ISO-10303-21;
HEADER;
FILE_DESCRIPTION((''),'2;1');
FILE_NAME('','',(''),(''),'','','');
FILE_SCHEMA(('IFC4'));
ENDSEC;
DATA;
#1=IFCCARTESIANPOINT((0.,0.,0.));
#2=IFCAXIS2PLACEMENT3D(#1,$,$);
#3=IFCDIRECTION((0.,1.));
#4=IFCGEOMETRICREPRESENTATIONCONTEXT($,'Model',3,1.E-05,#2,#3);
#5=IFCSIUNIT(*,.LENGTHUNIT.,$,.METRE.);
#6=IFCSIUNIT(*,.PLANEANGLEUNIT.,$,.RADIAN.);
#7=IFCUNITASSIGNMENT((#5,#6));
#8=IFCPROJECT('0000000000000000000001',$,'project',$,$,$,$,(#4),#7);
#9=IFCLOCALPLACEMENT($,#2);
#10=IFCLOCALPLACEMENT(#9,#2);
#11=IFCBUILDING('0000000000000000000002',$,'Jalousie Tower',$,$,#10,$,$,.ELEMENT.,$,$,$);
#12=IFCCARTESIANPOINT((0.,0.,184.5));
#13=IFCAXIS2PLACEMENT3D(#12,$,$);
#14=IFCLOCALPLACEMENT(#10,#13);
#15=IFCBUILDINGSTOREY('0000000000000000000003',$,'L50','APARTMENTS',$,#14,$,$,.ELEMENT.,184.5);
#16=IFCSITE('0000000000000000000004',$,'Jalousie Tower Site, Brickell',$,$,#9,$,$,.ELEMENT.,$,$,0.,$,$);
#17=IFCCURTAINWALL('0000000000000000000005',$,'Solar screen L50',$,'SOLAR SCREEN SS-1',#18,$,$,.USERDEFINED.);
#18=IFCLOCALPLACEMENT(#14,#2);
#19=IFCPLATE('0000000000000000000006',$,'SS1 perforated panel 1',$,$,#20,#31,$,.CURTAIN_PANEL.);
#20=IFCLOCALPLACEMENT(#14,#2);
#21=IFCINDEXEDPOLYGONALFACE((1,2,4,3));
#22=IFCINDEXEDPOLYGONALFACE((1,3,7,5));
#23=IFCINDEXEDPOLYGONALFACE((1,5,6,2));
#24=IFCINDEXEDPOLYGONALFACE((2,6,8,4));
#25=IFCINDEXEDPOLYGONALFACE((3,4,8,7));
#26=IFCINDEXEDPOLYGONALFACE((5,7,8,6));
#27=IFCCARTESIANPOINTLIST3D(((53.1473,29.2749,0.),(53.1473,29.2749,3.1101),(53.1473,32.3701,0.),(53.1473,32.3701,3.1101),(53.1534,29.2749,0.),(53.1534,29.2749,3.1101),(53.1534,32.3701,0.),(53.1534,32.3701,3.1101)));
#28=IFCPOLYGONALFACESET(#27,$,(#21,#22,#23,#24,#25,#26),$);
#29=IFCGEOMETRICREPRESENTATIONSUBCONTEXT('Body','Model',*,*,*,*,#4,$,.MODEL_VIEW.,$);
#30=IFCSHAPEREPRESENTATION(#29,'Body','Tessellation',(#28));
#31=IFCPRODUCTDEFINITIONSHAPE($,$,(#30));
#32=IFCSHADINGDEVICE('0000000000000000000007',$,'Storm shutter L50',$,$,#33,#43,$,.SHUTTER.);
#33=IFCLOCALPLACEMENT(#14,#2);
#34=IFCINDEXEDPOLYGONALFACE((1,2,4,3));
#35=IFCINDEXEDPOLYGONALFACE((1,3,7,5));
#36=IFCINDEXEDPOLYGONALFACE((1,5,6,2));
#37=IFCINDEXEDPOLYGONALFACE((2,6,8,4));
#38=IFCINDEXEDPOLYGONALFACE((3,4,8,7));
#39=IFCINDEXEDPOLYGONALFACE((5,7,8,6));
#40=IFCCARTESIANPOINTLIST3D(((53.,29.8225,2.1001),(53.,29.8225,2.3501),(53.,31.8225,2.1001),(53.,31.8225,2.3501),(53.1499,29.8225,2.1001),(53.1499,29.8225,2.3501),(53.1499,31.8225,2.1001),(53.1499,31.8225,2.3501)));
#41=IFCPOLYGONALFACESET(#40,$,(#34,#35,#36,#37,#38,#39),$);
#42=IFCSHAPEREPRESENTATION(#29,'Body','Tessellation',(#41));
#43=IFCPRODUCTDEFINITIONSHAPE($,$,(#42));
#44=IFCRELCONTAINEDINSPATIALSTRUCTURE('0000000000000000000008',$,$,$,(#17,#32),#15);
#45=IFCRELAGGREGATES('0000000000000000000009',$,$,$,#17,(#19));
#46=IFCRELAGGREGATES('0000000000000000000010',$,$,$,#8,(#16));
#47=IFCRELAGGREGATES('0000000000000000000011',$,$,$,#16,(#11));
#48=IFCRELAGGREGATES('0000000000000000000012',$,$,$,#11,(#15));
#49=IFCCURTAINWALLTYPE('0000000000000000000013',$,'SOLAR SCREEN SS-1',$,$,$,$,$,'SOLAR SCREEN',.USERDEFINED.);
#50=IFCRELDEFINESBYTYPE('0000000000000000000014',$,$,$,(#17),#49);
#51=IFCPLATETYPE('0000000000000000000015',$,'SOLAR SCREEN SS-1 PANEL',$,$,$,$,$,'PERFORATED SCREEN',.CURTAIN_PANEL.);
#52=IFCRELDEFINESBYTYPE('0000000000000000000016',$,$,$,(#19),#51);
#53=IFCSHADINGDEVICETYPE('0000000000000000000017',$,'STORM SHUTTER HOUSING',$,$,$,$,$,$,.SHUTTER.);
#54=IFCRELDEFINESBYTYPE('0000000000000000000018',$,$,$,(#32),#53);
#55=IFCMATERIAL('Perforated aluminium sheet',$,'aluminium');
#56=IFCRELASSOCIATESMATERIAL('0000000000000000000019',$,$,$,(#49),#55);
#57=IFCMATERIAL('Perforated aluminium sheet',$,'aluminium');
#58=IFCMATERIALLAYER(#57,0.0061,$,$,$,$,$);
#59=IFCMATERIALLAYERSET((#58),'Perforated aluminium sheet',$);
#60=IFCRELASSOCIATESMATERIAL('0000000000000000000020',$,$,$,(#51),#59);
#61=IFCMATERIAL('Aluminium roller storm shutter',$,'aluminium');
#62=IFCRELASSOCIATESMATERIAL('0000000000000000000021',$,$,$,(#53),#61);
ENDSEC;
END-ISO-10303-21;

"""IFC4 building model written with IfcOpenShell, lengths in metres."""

from ifc_helpers import new_model, si_unit, direction, frame, origin, origin_2d, place, context, subcontext, project, spatial, rectangle, extrude, material, layer, layer_set, type_object, element, aggregate, save


model = new_model("IFC4")

# Units and contexts
model_context = context("Model", 3, precision=1e-05, world=origin(), true_north=direction((0.0, 1.0)))
body_context = subcontext(model_context, "Body", "Model", "MODEL_VIEW")
ifc_project = project(units=[si_unit("LENGTHUNIT", "METRE"), si_unit("PLANEANGLEUNIT", "RADIAN")], contexts=[model_context])

# Site, building, storey
site_placement = place(None, origin())
site = spatial("IfcSite", under=ifc_project, at=site_placement, Name="Jalousie Tower Site, Brickell", CompositionType="ELEMENT", RefElevation=0.0)
building_placement = place(site_placement, origin())
building = spatial("IfcBuilding", under=site, at=building_placement, Name="Jalousie Tower", CompositionType="ELEMENT")
storey_placement = place(building_placement, frame((0.0, 0.0, 184.5)))
storey = spatial("IfcBuildingStorey", under=building, at=storey_placement, Name="L50", Description="APARTMENTS", CompositionType="ELEMENT", Elevation=184.5)

# Curtain wall
ifc_material_1 = material(Name="Perforated aluminium sheet", Category="aluminium")
curtain_wall_type_1 = type_object("IfcCurtainWallType", Name="SOLAR SCREEN SS-1", ElementType="SOLAR SCREEN", PredefinedType="USERDEFINED", material=ifc_material_1)
curtain_wall_1_placement = place(storey_placement, origin())
curtain_wall_1 = element("IfcCurtainWall", 1, at=curtain_wall_1_placement, inside=storey, type_object=curtain_wall_type_1, Name="Solar screen L50", ObjectType="SOLAR SCREEN SS-1", PredefinedType="USERDEFINED")

# Plate
ifc_material_2 = material(Name="Perforated aluminium sheet", Category="aluminium")
ifc_layer_1 = layer(ifc_material_2, 0.0061)
ifc_layer_set_1 = layer_set([ifc_layer_1], Name="Perforated aluminium sheet")
plate_type_1 = type_object("IfcPlateType", Name="SOLAR SCREEN SS-1 PANEL", ElementType="PERFORATED SCREEN", PredefinedType="CURTAIN_PANEL", material=ifc_layer_set_1)
plate_1_placement = place(storey_placement, frame((53.1504, 30.8225, 0.0), z_axis=(0.0, 0.0, 1.0), x_axis=(0.0, 1.0, 0.0)))
plate_1 = element("IfcPlate", 2, at=plate_1_placement, type_object=plate_type_1, Name="SS1 perforated panel 1", PredefinedType="CURTAIN_PANEL", context=body_context, shape_type="SweptSolid", body=[
    extrude(rectangle(XDim=3.0952, YDim=0.0061, at=origin_2d()), origin(), (0.0, 0.0, 1.0), 3.1101),
])
aggregate(curtain_wall_1, [plate_1])

# Shading device
ifc_material_3 = material(Name="Aluminium roller storm shutter", Category="aluminium")
shading_device_type = type_object("IfcShadingDeviceType", Name="STORM SHUTTER HOUSING", PredefinedType="SHUTTER", material=ifc_material_3)
shading_device_placement = place(storey_placement, frame((53.075, 30.8225, 2.1001), z_axis=(0.0, 0.0, 1.0), x_axis=(0.0, 1.0, 0.0)))
element("IfcShadingDevice", 3, at=shading_device_placement, inside=storey, type_object=shading_device_type, Name="Storm shutter L50", PredefinedType="SHUTTER", context=body_context, shape_type="SweptSolid", body=[
    extrude(rectangle(XDim=2.0, YDim=0.1499, at=origin_2d()), origin(), (0.0, 0.0, 1.0), 0.25),
])

save(model, "model.ifc")
